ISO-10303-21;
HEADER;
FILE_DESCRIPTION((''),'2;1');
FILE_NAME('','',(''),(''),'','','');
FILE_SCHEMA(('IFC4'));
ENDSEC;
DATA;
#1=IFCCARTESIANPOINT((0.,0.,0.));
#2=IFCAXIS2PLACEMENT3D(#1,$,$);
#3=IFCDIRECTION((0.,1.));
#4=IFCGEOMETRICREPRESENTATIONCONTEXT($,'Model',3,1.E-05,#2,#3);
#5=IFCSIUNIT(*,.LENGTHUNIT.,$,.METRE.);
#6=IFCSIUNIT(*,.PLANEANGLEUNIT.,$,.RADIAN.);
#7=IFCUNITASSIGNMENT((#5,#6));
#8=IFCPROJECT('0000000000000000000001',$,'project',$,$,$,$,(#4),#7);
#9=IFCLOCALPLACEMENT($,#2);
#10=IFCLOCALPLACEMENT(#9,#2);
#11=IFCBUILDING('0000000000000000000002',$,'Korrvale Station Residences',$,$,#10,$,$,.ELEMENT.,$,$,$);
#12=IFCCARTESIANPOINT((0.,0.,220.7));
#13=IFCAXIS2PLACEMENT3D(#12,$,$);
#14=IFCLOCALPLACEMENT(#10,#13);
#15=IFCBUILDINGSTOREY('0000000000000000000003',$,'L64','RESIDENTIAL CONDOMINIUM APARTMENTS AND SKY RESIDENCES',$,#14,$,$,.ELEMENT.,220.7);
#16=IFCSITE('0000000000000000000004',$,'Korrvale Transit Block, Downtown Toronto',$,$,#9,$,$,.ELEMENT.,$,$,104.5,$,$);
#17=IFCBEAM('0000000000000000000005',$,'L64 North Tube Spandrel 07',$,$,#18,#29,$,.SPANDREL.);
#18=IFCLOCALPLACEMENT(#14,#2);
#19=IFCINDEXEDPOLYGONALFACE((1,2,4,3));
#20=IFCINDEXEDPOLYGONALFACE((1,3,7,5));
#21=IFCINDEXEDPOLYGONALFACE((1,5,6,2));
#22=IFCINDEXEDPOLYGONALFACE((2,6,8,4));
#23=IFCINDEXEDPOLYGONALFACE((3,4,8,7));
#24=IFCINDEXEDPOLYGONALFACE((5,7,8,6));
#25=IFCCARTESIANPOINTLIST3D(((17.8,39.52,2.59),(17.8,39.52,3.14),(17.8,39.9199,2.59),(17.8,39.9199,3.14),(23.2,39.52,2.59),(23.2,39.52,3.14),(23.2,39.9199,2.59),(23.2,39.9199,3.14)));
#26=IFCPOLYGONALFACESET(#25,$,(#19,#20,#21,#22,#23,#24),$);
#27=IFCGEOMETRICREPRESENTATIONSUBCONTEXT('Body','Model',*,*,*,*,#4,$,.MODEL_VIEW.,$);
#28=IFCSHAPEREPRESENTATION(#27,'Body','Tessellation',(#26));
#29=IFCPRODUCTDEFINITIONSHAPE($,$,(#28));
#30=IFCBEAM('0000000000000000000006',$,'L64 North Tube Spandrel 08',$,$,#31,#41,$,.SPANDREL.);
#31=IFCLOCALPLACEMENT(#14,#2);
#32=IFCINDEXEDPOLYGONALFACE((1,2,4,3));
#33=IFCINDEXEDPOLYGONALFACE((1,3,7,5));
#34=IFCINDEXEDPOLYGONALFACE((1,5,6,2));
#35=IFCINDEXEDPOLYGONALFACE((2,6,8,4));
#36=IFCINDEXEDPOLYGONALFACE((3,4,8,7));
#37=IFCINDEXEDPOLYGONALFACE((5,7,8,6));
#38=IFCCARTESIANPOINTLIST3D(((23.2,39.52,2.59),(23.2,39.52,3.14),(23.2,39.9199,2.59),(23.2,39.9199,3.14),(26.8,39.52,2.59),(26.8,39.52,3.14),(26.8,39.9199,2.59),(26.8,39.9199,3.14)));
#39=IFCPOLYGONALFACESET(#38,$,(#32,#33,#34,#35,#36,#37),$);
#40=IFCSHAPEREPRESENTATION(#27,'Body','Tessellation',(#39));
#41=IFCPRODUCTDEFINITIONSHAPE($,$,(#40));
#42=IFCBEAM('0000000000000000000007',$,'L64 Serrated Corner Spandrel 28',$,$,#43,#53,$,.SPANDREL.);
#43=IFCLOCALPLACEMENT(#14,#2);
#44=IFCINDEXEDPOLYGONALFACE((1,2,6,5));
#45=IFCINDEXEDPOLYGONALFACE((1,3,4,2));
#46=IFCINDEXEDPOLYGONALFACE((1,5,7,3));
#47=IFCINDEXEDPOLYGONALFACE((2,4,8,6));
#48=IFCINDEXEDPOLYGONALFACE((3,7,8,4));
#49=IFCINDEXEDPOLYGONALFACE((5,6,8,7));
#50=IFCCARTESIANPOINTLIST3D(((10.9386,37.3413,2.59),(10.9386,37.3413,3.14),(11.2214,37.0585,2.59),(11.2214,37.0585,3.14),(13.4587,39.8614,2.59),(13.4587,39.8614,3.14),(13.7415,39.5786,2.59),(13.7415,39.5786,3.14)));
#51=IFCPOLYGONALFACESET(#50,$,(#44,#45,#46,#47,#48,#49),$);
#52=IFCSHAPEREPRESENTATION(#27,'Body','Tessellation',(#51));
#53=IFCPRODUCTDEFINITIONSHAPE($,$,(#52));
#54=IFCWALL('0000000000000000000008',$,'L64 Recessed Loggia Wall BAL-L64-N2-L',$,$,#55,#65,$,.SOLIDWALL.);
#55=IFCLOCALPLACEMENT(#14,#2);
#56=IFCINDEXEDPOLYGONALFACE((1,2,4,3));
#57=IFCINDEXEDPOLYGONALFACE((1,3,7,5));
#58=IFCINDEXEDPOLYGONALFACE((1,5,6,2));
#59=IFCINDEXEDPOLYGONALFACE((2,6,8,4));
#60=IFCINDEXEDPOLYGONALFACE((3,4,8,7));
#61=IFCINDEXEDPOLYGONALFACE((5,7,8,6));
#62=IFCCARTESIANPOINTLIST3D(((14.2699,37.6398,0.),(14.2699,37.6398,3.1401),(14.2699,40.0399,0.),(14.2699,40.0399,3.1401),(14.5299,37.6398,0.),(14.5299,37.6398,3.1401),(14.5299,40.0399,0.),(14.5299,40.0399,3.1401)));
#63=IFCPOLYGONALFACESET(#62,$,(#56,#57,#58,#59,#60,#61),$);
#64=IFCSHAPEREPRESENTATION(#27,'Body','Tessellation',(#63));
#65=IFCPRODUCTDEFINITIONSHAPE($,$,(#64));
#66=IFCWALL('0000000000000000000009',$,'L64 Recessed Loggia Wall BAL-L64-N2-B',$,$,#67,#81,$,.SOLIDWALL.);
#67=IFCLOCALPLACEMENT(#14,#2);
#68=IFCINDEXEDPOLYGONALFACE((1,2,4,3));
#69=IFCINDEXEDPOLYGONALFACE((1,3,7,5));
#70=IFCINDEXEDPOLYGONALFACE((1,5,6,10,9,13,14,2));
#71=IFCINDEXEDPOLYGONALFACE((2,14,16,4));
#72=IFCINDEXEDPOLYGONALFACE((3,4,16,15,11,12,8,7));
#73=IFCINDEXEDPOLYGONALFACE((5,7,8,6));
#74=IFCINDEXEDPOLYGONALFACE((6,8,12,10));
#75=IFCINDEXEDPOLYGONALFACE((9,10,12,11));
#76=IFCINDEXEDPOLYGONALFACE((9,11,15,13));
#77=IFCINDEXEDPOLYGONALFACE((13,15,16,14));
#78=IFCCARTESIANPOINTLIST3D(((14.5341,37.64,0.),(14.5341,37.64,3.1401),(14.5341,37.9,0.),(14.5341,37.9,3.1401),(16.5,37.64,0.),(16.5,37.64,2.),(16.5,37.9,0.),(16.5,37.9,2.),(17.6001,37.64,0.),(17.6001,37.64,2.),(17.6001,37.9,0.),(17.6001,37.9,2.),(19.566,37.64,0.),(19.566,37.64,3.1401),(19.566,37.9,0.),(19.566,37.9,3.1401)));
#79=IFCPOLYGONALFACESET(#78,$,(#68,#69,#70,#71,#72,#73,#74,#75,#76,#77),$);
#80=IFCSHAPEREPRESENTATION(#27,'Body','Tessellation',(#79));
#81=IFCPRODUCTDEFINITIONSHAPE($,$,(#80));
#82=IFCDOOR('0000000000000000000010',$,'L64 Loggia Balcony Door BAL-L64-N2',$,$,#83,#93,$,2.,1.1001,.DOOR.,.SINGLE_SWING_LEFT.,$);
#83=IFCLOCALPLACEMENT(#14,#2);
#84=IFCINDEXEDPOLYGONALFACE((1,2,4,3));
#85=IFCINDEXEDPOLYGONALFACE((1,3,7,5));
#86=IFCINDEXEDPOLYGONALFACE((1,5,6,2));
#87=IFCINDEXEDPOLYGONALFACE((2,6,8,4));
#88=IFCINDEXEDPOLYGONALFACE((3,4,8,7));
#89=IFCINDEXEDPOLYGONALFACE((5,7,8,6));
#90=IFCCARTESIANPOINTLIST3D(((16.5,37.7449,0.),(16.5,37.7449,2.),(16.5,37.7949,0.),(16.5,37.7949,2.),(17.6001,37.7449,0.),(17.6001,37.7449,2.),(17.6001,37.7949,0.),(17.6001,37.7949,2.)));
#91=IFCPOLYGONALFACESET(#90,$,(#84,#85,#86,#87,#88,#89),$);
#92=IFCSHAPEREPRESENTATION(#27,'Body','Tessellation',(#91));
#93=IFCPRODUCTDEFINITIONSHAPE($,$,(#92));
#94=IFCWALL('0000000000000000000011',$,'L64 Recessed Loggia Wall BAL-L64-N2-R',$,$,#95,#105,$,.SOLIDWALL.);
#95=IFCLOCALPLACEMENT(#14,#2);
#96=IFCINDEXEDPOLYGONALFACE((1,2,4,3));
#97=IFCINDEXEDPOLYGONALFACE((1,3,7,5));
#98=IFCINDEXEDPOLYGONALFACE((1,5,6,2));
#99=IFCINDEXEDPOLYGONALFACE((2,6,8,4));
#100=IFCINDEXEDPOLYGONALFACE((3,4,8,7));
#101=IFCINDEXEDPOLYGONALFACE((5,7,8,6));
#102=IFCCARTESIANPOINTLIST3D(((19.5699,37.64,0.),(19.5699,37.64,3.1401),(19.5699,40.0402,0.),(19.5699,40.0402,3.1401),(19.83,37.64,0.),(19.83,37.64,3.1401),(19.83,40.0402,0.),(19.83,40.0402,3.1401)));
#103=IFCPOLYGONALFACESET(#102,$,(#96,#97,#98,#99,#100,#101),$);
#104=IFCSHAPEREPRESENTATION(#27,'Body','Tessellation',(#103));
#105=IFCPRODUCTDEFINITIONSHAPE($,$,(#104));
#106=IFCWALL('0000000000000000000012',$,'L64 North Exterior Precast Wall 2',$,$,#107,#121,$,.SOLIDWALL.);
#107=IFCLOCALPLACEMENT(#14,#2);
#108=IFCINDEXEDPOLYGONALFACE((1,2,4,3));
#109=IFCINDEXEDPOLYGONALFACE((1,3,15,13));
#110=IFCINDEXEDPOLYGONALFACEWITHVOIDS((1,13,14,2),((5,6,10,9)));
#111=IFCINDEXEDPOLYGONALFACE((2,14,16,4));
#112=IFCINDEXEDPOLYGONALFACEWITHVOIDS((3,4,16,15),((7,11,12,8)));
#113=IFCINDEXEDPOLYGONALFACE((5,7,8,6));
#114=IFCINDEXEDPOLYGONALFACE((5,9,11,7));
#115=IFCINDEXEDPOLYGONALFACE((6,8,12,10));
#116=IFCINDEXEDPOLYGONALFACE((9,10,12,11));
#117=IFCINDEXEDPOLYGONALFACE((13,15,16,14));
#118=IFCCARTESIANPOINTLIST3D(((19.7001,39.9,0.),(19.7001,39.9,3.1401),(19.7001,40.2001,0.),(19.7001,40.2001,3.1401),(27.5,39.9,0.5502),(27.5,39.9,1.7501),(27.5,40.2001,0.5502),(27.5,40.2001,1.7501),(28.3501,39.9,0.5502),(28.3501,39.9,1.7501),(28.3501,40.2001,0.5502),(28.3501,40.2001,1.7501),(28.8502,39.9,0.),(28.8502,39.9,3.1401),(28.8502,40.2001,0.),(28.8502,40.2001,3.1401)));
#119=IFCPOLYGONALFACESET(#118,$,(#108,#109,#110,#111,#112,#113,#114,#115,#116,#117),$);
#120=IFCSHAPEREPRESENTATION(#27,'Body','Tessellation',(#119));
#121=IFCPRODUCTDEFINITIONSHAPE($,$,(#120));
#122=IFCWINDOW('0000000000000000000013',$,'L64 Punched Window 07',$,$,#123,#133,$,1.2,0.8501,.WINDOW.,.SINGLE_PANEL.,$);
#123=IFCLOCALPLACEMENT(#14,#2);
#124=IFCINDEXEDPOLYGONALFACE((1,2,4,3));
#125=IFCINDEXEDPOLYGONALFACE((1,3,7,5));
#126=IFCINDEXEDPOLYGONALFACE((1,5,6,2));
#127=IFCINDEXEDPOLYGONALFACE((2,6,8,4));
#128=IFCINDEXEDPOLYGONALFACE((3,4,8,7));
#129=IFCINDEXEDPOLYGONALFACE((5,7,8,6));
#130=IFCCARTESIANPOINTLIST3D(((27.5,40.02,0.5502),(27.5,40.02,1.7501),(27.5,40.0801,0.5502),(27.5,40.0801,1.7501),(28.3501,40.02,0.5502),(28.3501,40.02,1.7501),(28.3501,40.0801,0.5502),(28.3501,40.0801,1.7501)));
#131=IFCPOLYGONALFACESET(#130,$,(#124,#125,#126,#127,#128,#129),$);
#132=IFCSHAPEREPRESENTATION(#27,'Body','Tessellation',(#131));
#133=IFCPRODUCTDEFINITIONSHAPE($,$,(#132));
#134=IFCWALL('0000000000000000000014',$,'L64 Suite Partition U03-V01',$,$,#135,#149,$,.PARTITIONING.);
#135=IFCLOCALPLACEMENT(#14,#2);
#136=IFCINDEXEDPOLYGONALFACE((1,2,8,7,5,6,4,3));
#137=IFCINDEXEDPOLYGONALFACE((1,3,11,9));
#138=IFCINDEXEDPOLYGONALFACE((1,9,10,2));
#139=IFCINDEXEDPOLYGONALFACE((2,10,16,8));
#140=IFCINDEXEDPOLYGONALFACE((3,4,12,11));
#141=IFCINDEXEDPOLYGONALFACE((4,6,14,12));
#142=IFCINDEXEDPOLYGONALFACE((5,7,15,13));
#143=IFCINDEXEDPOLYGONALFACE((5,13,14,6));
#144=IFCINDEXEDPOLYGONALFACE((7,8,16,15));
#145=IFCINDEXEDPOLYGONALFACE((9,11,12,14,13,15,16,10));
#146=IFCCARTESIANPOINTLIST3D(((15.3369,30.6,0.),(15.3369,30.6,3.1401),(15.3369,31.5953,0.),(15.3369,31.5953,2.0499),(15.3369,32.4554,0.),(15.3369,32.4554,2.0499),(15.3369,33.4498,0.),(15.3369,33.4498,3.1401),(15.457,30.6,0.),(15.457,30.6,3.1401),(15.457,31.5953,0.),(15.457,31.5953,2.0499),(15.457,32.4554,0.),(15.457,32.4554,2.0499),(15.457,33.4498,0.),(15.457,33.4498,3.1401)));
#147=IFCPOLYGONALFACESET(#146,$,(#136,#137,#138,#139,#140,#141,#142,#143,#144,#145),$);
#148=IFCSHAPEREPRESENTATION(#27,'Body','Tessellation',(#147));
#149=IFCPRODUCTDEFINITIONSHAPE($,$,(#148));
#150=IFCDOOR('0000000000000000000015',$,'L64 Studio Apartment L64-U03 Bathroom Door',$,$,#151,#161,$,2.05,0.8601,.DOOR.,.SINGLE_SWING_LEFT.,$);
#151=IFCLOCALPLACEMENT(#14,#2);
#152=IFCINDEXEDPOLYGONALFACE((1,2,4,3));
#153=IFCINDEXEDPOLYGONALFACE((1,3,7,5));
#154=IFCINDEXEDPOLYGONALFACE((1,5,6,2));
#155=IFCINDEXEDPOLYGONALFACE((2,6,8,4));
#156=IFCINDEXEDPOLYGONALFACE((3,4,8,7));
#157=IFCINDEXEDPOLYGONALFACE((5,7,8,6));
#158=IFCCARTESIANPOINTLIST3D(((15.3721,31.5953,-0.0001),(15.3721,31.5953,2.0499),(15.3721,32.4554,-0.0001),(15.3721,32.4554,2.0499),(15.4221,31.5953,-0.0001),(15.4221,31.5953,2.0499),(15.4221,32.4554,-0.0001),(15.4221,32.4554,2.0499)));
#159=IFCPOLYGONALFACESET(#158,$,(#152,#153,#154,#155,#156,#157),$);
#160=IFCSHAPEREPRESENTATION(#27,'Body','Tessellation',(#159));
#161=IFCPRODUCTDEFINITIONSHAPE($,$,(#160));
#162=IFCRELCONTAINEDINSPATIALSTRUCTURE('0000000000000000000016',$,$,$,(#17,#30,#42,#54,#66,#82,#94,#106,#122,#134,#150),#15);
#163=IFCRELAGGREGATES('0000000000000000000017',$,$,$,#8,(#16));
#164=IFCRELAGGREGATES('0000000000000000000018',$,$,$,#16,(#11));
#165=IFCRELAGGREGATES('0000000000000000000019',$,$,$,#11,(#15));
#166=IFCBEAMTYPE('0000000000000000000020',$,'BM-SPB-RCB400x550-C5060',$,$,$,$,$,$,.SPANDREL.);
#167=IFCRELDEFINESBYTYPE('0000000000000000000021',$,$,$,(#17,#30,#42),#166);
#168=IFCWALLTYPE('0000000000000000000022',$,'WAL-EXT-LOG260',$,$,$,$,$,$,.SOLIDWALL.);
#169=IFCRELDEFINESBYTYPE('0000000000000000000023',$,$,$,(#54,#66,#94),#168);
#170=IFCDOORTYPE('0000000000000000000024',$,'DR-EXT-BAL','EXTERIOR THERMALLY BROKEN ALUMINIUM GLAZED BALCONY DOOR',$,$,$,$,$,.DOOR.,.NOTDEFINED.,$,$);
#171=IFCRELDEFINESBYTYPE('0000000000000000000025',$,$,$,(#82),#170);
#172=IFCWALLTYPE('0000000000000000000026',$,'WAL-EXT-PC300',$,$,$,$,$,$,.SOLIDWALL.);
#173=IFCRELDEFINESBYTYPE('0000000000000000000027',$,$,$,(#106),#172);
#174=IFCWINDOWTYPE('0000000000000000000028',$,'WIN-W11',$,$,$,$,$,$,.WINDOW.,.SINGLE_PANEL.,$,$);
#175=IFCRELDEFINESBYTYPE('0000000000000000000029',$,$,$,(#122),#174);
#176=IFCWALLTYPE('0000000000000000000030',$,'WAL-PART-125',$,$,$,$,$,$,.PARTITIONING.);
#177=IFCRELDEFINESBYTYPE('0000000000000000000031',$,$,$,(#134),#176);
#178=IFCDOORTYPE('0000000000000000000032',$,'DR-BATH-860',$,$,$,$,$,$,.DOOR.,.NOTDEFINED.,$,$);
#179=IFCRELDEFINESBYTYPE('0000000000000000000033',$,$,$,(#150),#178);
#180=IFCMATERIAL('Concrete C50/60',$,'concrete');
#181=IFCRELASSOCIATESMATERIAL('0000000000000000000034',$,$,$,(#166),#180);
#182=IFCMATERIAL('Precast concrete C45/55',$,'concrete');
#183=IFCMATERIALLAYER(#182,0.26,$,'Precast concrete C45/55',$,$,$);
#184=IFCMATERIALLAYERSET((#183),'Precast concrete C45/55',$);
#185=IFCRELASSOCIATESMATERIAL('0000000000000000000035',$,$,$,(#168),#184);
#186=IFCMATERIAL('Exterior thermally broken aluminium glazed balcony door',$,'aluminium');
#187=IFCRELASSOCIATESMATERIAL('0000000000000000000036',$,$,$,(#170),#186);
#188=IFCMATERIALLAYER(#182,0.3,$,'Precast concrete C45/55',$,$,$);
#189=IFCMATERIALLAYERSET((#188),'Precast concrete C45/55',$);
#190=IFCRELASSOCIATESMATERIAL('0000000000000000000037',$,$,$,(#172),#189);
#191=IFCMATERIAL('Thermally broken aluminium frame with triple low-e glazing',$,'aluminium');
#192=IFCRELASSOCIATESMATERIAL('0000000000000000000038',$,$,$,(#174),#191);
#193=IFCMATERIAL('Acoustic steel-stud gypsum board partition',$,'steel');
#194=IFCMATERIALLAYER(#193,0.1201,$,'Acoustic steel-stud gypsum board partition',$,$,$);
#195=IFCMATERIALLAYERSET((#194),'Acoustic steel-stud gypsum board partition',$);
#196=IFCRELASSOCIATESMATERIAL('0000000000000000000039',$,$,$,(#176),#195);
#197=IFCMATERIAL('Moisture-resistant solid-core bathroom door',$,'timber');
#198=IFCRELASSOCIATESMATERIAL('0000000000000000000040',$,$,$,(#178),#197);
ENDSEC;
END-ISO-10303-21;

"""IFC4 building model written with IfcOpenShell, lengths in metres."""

from ifc_helpers import new_model, si_unit, direction, frame, frame_2d, origin, origin_2d, place, context, subcontext, project, spatial, rectangle, extrude, material, layer, layer_set, material_profile, profile_set, type_object, element, fill, save


model = new_model("IFC4")

# Units and contexts
model_context = context("Model", 3, precision=1e-05, world=origin(), true_north=direction((0.0, 1.0)))
body_context = subcontext(model_context, "Body", "Model", "MODEL_VIEW")
ifc_project = project(units=[si_unit("LENGTHUNIT", "METRE"), si_unit("PLANEANGLEUNIT", "RADIAN")], contexts=[model_context])

# Site, building, storey
site_placement = place(None, origin())
site = spatial("IfcSite", under=ifc_project, at=site_placement, Name="Korrvale Transit Block, Downtown Toronto", CompositionType="ELEMENT", RefElevation=104.5)
building_placement = place(site_placement, origin())
building = spatial("IfcBuilding", under=site, at=building_placement, Name="Korrvale Station Residences", CompositionType="ELEMENT")
storey_placement = place(building_placement, frame((0.0, 0.0, 220.7)))
storey = spatial("IfcBuildingStorey", under=building, at=storey_placement, Name="L64", Description="RESIDENTIAL CONDOMINIUM APARTMENTS AND SKY RESIDENCES", CompositionType="ELEMENT", Elevation=220.7)

# Shared definitions
ifc_material_1 = material(Name="Concrete C50/60", Category="concrete")

# Beams
ifc_material_profile_1 = material_profile(ifc_material_1, rectangle(XDim=0.3999, YDim=0.55, at=origin_2d()), Name="RCB400x550")
ifc_profile_set_1 = profile_set([ifc_material_profile_1], Name="Concrete C50/60")
beam_type_1 = type_object("IfcBeamType", Name="BM-SPB-RCB400x550-C5060", PredefinedType="SPANDREL", material=ifc_profile_set_1)
beam_1_placement = place(storey_placement, frame((17.8, 39.72, 2.865), z_axis=(1.0, 0.0, 0.0), x_axis=(0.0, 1.0, 0.0)))
element("IfcBeam", 1, at=beam_1_placement, inside=storey, type_object=beam_type_1, Name="L64 North Tube Spandrel 07", PredefinedType="SPANDREL", context=body_context, shape_type="SweptSolid", body=[
    extrude(rectangle(XDim=0.3999, YDim=0.55, at=origin_2d()), origin(), (0.0, 0.0, 1.0), 5.3999),
])
beam_2_placement = place(storey_placement, frame((23.2, 39.72, 2.865), z_axis=(1.0, 0.0, 0.0), x_axis=(0.0, 1.0, 0.0)))
element("IfcBeam", 2, at=beam_2_placement, inside=storey, type_object=beam_type_1, Name="L64 North Tube Spandrel 08", PredefinedType="SPANDREL", context=body_context, shape_type="SweptSolid", body=[
    extrude(rectangle(XDim=0.3999, YDim=0.55, at=origin_2d()), origin(), (0.0, 0.0, 1.0), 3.6001),
])
beam_3_placement = place(storey_placement, frame((13.6001, 39.72, 2.865), z_axis=(-0.707107, -0.707107, 0.0), x_axis=(0.707107, -0.707107, 0.0)))
element("IfcBeam", 3, at=beam_3_placement, inside=storey, type_object=beam_type_1, Name="L64 Serrated Corner Spandrel 28", PredefinedType="SPANDREL", context=body_context, shape_type="SweptSolid", body=[
    extrude(rectangle(XDim=0.3999, YDim=0.55, at=origin_2d()), origin(), (0.0, 0.0, 1.0), 3.564),
])

# Wall
ifc_material_2 = material(Name="Precast concrete C45/55", Category="concrete")
ifc_layer_1 = layer(ifc_material_2, 0.26, Name="Precast concrete C45/55")
ifc_layer_set_1 = layer_set([ifc_layer_1], Name="Precast concrete C45/55")
wall_type_1 = type_object("IfcWallType", Name="WAL-EXT-LOG260", PredefinedType="SOLIDWALL", material=ifc_layer_set_1)
wall_1_placement = place(storey_placement, frame((14.3999, 40.04, 0.0), z_axis=(0.0, 0.0, 1.0), x_axis=(0.0, -1.0, 0.0)))
element("IfcWall", 4, at=wall_1_placement, inside=storey, type_object=wall_type_1, Name="L64 Recessed Loggia Wall BAL-L64-N2-L", PredefinedType="SOLIDWALL", context=body_context, shape_type="SweptSolid", body=[
    extrude(rectangle(XDim=2.4001, YDim=0.26, at=frame_2d((1.2002, 0.0))), origin(), (0.0, 0.0, 1.0), 3.1401),
])

# Wall, opening, door
wall_2_placement = place(storey_placement, frame((14.5339, 37.77, 0.0), z_axis=(0.0, 0.0, 1.0), x_axis=(1.0, 0.0, 0.0)))
wall_2 = element("IfcWall", 5, at=wall_2_placement, inside=storey, type_object=wall_type_1, Name="L64 Recessed Loggia Wall BAL-L64-N2-B", PredefinedType="SOLIDWALL", context=body_context, shape_type="SweptSolid", body=[
    extrude(rectangle(XDim=5.032, YDim=0.26, at=frame_2d((2.5161, 0.0))), origin(), (0.0, 0.0, 1.0), 3.1401),
])
opening_1_placement = place(wall_2_placement, frame((1.9661, 0.0, 0.0)))
opening_1 = element("IfcOpeningElement", 6, at=opening_1_placement, cuts=wall_2, PredefinedType="OPENING", context=body_context, shape_type="SweptSolid", body=[
    extrude(rectangle(XDim=1.1001, YDim=2.0, at=frame_2d((0.55, 1.0))), frame((0.0, 0.1401, 0.0), z_axis=(0.0, -1.0, 0.0), x_axis=(1.0, 0.0, 0.0)), (0.0, 0.0, 1.0), 0.28),
])
ifc_material_3 = material(Name="Exterior thermally broken aluminium glazed balcony door", Category="aluminium")
door_type_1 = type_object("IfcDoorType", Name="DR-EXT-BAL", Description="EXTERIOR THERMALLY BROKEN ALUMINIUM GLAZED BALCONY DOOR", OperationType="NOTDEFINED", PredefinedType="DOOR", material=ifc_material_3)
door_1_placement = place(opening_1_placement, origin())
door_1 = element("IfcDoor", 7, at=door_1_placement, inside=storey, type_object=door_type_1, Name="L64 Loggia Balcony Door BAL-L64-N2", OperationType="SINGLE_SWING_LEFT", OverallHeight=2.0, OverallWidth=1.1001, PredefinedType="DOOR", context=body_context, shape_type="SweptSolid", body=[
    extrude(rectangle(XDim=1.1001, YDim=2.0, at=frame_2d((0.55, 1.0))), frame((0.0, 0.0249, 0.0), z_axis=(0.0, -1.0, 0.0), x_axis=(1.0, 0.0, 0.0)), (0.0, 0.0, 1.0), 0.05),
])
fill(opening_1, door_1)

# Wall
wall_3_placement = place(storey_placement, frame((19.7, 37.6399, 0.0), z_axis=(0.0, 0.0, 1.0), x_axis=(0.0, 1.0, 0.0)))
element("IfcWall", 8, at=wall_3_placement, inside=storey, type_object=wall_type_1, Name="L64 Recessed Loggia Wall BAL-L64-N2-R", PredefinedType="SOLIDWALL", context=body_context, shape_type="SweptSolid", body=[
    extrude(rectangle(XDim=2.4001, YDim=0.26, at=frame_2d((1.2002, 0.0))), origin(), (0.0, 0.0, 1.0), 3.1401),
])

# Wall, opening, window
ifc_layer_2 = layer(ifc_material_2, 0.3, Name="Precast concrete C45/55")
ifc_layer_set_2 = layer_set([ifc_layer_2], Name="Precast concrete C45/55")
wall_type_2 = type_object("IfcWallType", Name="WAL-EXT-PC300", PredefinedType="SOLIDWALL", material=ifc_layer_set_2)
wall_4_placement = place(storey_placement, frame((19.7, 40.05, 0.0), z_axis=(0.0, 0.0, 1.0), x_axis=(1.0, 0.0, 0.0)))
wall_4 = element("IfcWall", 9, at=wall_4_placement, inside=storey, type_object=wall_type_2, Name="L64 North Exterior Precast Wall 2", PredefinedType="SOLIDWALL", context=body_context, shape_type="SweptSolid", body=[
    extrude(rectangle(XDim=9.1501, YDim=0.3, at=frame_2d((4.5752, 0.0))), origin(), (0.0, 0.0, 1.0), 3.1401),
])
opening_2_placement = place(wall_4_placement, frame((7.8, 0.0, 0.55)))
opening_2 = element("IfcOpeningElement", 10, at=opening_2_placement, cuts=wall_4, PredefinedType="OPENING", context=body_context, shape_type="SweptSolid", body=[
    extrude(rectangle(XDim=0.8501, YDim=1.2, at=frame_2d((0.425, 0.6001))), frame((0.0, 0.1602, 0.0), z_axis=(0.0, -1.0, 0.0), x_axis=(1.0, 0.0, 0.0)), (0.0, 0.0, 1.0), 0.3201),
])
ifc_material_4 = material(Name="Thermally broken aluminium frame with triple low-e glazing", Category="aluminium")
window_type = type_object("IfcWindowType", Name="WIN-W11", PartitioningType="SINGLE_PANEL", PredefinedType="WINDOW", material=ifc_material_4)
window_placement = place(opening_2_placement, origin())
window = element("IfcWindow", 11, at=window_placement, inside=storey, type_object=window_type, Name="L64 Punched Window 07", OverallHeight=1.2, OverallWidth=0.8501, PartitioningType="SINGLE_PANEL", PredefinedType="WINDOW", context=body_context, shape_type="SweptSolid", body=[
    extrude(rectangle(XDim=0.8501, YDim=1.2, at=frame_2d((0.425, 0.6001))), frame((0.0, 0.03, 0.0), z_axis=(0.0, -1.0, 0.0), x_axis=(1.0, 0.0, 0.0)), (0.0, 0.0, 1.0), 0.0601),
])
fill(opening_2, window)

# Wall, opening, door
ifc_material_5 = material(Name="Acoustic steel-stud gypsum board partition", Category="steel")
ifc_layer_3 = layer(ifc_material_5, 0.1201, Name="Acoustic steel-stud gypsum board partition")
ifc_layer_set_3 = layer_set([ifc_layer_3], Name="Acoustic steel-stud gypsum board partition")
wall_type_3 = type_object("IfcWallType", Name="WAL-PART-125", PredefinedType="PARTITIONING", material=ifc_layer_set_3)
wall_5_placement = place(storey_placement, frame((15.397, 30.6001, 0.0), z_axis=(0.0, 0.0, 1.0), x_axis=(0.0, 1.0, 0.0)))
wall_5 = element("IfcWall", 12, at=wall_5_placement, inside=storey, type_object=wall_type_3, Name="L64 Suite Partition U03-V01", PredefinedType="PARTITIONING", context=body_context, shape_type="SweptSolid", body=[
    extrude(rectangle(XDim=2.8499, YDim=0.1201, at=frame_2d((1.4248, 0.0))), origin(), (0.0, 0.0, 1.0), 3.1401),
])
opening_3_placement = place(wall_5_placement, frame((0.9951, 0.0, 0.0)))
opening_3 = element("IfcOpeningElement", 13, at=opening_3_placement, cuts=wall_5, PredefinedType="OPENING", context=body_context, shape_type="SweptSolid", body=[
    extrude(rectangle(XDim=0.8601, YDim=2.05, at=frame_2d((0.4302, 1.0249))), frame((0.0, 0.0701, 0.0), z_axis=(0.0, -1.0, 0.0), x_axis=(1.0, 0.0, 0.0)), (0.0, 0.0, 1.0), 0.1401),
])
ifc_material_6 = material(Name="Moisture-resistant solid-core bathroom door", Category="timber")
door_type_2 = type_object("IfcDoorType", Name="DR-BATH-860", OperationType="NOTDEFINED", PredefinedType="DOOR", material=ifc_material_6)
door_2_placement = place(opening_3_placement, origin())
door_2 = element("IfcDoor", 14, at=door_2_placement, inside=storey, type_object=door_type_2, Name="L64 Studio Apartment L64-U03 Bathroom Door", OperationType="SINGLE_SWING_LEFT", OverallHeight=2.05, OverallWidth=0.8601, PredefinedType="DOOR", context=body_context, shape_type="SweptSolid", body=[
    extrude(rectangle(XDim=0.8601, YDim=2.05, at=frame_2d((0.4302, 1.0249))), frame((0.0, 0.0249, 0.0), z_axis=(0.0, -1.0, 0.0), x_axis=(1.0, 0.0, 0.0)), (0.0, 0.0, 1.0), 0.05),
])
fill(opening_3, door_2)

save(model, "model.ifc")
